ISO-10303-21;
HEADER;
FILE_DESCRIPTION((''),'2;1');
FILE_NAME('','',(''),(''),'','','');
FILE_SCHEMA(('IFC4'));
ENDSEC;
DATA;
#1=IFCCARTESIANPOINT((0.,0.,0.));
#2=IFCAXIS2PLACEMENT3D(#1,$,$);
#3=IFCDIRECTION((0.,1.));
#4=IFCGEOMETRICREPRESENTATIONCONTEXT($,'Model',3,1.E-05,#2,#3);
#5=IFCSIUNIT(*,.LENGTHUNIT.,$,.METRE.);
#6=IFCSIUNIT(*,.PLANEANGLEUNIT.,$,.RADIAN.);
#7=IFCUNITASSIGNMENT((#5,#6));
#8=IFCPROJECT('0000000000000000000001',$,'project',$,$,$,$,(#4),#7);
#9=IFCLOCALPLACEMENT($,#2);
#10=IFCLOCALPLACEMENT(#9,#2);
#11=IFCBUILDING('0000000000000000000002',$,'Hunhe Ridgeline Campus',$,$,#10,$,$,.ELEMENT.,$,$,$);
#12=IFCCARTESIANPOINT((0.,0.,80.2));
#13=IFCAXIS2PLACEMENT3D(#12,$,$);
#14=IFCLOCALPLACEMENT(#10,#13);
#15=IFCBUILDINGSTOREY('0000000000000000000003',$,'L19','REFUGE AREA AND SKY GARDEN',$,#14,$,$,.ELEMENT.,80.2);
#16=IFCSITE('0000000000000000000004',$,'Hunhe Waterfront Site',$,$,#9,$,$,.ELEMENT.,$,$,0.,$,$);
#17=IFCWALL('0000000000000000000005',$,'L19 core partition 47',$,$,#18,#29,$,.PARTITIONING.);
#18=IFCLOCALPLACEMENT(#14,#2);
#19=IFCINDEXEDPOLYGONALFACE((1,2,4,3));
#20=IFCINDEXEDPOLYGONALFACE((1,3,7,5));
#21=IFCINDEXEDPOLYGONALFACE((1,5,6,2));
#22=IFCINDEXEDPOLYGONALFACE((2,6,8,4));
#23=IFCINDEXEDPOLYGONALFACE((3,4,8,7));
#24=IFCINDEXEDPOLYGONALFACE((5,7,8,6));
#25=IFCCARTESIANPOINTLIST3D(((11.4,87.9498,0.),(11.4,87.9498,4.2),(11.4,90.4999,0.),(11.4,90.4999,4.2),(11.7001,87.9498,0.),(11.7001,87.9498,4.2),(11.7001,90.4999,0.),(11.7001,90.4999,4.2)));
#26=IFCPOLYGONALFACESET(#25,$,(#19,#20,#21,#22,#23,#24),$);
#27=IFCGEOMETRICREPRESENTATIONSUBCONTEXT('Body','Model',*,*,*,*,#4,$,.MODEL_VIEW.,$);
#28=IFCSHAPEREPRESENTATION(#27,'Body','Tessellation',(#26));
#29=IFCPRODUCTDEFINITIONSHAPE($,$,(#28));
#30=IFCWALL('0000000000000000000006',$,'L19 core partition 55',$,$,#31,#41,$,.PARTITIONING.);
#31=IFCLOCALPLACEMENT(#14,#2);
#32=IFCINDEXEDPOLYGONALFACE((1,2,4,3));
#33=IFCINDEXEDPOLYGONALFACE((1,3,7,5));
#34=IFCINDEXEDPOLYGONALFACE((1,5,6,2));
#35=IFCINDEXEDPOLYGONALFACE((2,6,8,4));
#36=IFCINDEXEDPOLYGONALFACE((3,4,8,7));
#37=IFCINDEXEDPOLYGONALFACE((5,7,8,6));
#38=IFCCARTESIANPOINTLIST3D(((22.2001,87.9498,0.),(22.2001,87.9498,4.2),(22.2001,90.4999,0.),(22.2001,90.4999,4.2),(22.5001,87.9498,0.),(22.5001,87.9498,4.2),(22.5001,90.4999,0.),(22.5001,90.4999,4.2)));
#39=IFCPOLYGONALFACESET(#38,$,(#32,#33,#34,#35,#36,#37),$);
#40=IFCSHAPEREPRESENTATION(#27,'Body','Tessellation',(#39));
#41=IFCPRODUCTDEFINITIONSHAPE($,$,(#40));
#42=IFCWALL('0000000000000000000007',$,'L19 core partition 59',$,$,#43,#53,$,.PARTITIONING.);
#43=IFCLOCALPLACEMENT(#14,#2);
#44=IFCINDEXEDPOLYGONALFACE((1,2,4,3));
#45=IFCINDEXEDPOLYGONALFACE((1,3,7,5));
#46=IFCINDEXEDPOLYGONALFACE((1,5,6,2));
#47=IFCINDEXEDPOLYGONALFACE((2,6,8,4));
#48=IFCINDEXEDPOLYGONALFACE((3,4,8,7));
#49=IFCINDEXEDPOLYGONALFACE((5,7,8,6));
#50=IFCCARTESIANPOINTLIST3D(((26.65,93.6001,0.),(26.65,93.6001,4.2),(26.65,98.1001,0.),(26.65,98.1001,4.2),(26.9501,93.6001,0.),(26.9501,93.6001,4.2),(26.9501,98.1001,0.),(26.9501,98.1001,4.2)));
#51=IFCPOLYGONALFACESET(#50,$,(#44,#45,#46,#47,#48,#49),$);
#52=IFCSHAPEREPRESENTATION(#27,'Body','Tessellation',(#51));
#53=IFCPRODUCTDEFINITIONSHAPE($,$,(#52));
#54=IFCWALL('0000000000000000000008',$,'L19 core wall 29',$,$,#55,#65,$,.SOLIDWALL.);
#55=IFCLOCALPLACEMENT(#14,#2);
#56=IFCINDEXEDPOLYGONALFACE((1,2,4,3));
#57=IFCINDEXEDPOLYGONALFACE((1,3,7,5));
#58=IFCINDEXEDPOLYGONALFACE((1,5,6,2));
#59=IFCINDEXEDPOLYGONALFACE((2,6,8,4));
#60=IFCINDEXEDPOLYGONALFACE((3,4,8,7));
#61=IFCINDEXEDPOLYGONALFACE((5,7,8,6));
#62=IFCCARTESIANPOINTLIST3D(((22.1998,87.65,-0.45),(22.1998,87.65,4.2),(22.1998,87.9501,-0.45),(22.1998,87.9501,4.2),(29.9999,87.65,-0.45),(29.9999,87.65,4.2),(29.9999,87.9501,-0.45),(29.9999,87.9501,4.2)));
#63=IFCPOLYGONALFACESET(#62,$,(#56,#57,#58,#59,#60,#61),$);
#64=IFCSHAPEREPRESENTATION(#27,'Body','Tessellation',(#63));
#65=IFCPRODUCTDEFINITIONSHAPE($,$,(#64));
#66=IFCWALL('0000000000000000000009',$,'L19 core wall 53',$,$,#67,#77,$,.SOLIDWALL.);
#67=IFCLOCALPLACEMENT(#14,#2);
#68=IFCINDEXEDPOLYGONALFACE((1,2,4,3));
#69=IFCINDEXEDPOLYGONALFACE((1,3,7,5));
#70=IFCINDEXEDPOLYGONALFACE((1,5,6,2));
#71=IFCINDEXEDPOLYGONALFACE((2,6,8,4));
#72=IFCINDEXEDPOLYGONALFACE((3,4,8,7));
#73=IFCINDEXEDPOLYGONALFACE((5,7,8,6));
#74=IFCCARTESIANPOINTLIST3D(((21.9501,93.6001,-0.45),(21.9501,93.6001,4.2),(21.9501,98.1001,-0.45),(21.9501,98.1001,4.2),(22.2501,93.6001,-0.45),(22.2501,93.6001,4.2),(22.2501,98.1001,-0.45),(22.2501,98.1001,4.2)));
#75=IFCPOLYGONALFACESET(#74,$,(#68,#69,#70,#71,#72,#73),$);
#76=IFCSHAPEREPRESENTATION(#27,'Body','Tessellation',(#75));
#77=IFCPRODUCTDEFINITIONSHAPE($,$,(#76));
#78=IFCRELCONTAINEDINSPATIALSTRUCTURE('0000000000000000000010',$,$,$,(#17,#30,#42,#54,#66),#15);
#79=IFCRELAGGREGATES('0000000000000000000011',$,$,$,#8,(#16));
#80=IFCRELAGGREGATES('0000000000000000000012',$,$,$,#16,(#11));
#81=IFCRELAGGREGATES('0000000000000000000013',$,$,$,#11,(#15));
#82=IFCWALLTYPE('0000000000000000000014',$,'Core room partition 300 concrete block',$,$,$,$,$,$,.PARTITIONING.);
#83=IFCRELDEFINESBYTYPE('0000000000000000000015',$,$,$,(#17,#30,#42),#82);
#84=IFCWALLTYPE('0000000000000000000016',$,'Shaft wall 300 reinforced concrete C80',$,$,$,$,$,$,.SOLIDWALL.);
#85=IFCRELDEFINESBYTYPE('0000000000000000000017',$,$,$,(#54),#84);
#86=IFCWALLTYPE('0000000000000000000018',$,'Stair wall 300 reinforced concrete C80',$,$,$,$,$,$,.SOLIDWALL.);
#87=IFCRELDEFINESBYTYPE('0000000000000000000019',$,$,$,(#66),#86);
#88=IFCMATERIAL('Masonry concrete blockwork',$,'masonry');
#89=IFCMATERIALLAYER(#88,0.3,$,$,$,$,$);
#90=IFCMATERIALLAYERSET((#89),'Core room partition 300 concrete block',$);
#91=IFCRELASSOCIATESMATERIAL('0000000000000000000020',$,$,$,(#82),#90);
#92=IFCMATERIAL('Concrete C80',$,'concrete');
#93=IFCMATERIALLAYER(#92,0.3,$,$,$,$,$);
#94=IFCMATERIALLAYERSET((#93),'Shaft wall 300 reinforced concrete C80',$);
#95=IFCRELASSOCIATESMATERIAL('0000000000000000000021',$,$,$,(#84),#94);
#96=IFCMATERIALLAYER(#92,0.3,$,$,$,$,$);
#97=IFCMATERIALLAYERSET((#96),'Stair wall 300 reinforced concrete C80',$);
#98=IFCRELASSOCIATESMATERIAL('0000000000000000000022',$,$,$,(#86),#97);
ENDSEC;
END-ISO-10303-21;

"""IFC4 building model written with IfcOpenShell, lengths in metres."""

from ifc_helpers import new_model, si_unit, direction, frame, frame_2d, origin, place, context, subcontext, project, spatial, rectangle, extrude, material, layer, layer_set, type_object, element, save


model = new_model("IFC4")

# Units and contexts
model_context = context("Model", 3, precision=1e-05, world=origin(), true_north=direction((0.0, 1.0)))
body_context = subcontext(model_context, "Body", "Model", "MODEL_VIEW")
ifc_project = project(units=[si_unit("LENGTHUNIT", "METRE"), si_unit("PLANEANGLEUNIT", "RADIAN")], contexts=[model_context])

# Site, building, storey
site_placement = place(None, origin())
site = spatial("IfcSite", under=ifc_project, at=site_placement, Name="Hunhe Waterfront Site", CompositionType="ELEMENT", RefElevation=0.0)
building_placement = place(site_placement, origin())
building = spatial("IfcBuilding", under=site, at=building_placement, Name="Hunhe Ridgeline Campus", CompositionType="ELEMENT")
storey_placement = place(building_placement, frame((0.0, 0.0, 80.2)))
storey = spatial("IfcBuildingStorey", under=building, at=storey_placement, Name="L19", Description="REFUGE AREA AND SKY GARDEN", CompositionType="ELEMENT", Elevation=80.2)

# Walls
ifc_material_1 = material(Name="Masonry concrete blockwork", Category="masonry")
ifc_layer_1 = layer(ifc_material_1, 0.3)
ifc_layer_set_1 = layer_set([ifc_layer_1], Name="Core room partition 300 concrete block")
wall_type_1 = type_object("IfcWallType", Name="Core room partition 300 concrete block", PredefinedType="PARTITIONING", material=ifc_layer_set_1)
for number, where, z_axis, x_axis, name in (
    (1, (11.55, 87.95, 0.0), (0.0, 0.0, 1.0), (0.0, 1.0, 0.0), "L19 core partition 47"),
    (2, (22.3501, 87.95, 0.0), (0.0, 0.0, 1.0), (0.0, 1.0, 0.0), "L19 core partition 55"),
):
    element("IfcWall", number, at=place(storey_placement, frame(where, z_axis=z_axis, x_axis=x_axis)), inside=storey, type_object=wall_type_1, Name=name, PredefinedType="PARTITIONING", context=body_context, shape_type="SweptSolid", body=[
        extrude(rectangle(XDim=2.55, YDim=0.3, at=frame_2d((1.2749, 0.0))), origin(), (0.0, 0.0, 1.0), 4.2),
    ])
wall_1_placement = place(storey_placement, frame((26.8, 93.6001, 0.0), z_axis=(0.0, 0.0, 1.0), x_axis=(0.0, 1.0, 0.0)))
element("IfcWall", 3, at=wall_1_placement, inside=storey, type_object=wall_type_1, Name="L19 core partition 59", PredefinedType="PARTITIONING", context=body_context, shape_type="SweptSolid", body=[
    extrude(rectangle(XDim=4.5, YDim=0.3, at=frame_2d((2.25, 0.0))), origin(), (0.0, 0.0, 1.0), 4.2),
])
ifc_material_2 = material(Name="Concrete C80", Category="concrete")
ifc_layer_2 = layer(ifc_material_2, 0.3)
ifc_layer_set_2 = layer_set([ifc_layer_2], Name="Shaft wall 300 reinforced concrete C80")
wall_type_2 = type_object("IfcWallType", Name="Shaft wall 300 reinforced concrete C80", PredefinedType="SOLIDWALL", material=ifc_layer_set_2)
wall_2_placement = place(storey_placement, frame((22.2, 87.8, -0.45), z_axis=(0.0, 0.0, 1.0), x_axis=(1.0, 0.0, 0.0)))
element("IfcWall", 4, at=wall_2_placement, inside=storey, type_object=wall_type_2, Name="L19 core wall 29", PredefinedType="SOLIDWALL", context=body_context, shape_type="SweptSolid", body=[
    extrude(rectangle(XDim=7.8, YDim=0.3, at=frame_2d((3.8999, 0.0))), origin(), (0.0, 0.0, 1.0), 4.6499),
])

# Shared definitions
ifc_layer_3 = layer(ifc_material_2, 0.3)
ifc_layer_set_3 = layer_set([ifc_layer_3], Name="Stair wall 300 reinforced concrete C80")
wall_type_3 = type_object("IfcWallType", Name="Stair wall 300 reinforced concrete C80", PredefinedType="SOLIDWALL", material=ifc_layer_set_3)

# Wall
wall_3_placement = place(storey_placement, frame((22.1001, 93.6001, -0.45), z_axis=(0.0, 0.0, 1.0), x_axis=(0.0, 1.0, 0.0)))
element("IfcWall", 5, at=wall_3_placement, inside=storey, type_object=wall_type_3, Name="L19 core wall 53", PredefinedType="SOLIDWALL", context=body_context, shape_type="SweptSolid", body=[
    extrude(rectangle(XDim=4.5, YDim=0.3, at=frame_2d((2.25, 0.0))), origin(), (0.0, 0.0, 1.0), 4.6499),
])

save(model, "model.ifc")
